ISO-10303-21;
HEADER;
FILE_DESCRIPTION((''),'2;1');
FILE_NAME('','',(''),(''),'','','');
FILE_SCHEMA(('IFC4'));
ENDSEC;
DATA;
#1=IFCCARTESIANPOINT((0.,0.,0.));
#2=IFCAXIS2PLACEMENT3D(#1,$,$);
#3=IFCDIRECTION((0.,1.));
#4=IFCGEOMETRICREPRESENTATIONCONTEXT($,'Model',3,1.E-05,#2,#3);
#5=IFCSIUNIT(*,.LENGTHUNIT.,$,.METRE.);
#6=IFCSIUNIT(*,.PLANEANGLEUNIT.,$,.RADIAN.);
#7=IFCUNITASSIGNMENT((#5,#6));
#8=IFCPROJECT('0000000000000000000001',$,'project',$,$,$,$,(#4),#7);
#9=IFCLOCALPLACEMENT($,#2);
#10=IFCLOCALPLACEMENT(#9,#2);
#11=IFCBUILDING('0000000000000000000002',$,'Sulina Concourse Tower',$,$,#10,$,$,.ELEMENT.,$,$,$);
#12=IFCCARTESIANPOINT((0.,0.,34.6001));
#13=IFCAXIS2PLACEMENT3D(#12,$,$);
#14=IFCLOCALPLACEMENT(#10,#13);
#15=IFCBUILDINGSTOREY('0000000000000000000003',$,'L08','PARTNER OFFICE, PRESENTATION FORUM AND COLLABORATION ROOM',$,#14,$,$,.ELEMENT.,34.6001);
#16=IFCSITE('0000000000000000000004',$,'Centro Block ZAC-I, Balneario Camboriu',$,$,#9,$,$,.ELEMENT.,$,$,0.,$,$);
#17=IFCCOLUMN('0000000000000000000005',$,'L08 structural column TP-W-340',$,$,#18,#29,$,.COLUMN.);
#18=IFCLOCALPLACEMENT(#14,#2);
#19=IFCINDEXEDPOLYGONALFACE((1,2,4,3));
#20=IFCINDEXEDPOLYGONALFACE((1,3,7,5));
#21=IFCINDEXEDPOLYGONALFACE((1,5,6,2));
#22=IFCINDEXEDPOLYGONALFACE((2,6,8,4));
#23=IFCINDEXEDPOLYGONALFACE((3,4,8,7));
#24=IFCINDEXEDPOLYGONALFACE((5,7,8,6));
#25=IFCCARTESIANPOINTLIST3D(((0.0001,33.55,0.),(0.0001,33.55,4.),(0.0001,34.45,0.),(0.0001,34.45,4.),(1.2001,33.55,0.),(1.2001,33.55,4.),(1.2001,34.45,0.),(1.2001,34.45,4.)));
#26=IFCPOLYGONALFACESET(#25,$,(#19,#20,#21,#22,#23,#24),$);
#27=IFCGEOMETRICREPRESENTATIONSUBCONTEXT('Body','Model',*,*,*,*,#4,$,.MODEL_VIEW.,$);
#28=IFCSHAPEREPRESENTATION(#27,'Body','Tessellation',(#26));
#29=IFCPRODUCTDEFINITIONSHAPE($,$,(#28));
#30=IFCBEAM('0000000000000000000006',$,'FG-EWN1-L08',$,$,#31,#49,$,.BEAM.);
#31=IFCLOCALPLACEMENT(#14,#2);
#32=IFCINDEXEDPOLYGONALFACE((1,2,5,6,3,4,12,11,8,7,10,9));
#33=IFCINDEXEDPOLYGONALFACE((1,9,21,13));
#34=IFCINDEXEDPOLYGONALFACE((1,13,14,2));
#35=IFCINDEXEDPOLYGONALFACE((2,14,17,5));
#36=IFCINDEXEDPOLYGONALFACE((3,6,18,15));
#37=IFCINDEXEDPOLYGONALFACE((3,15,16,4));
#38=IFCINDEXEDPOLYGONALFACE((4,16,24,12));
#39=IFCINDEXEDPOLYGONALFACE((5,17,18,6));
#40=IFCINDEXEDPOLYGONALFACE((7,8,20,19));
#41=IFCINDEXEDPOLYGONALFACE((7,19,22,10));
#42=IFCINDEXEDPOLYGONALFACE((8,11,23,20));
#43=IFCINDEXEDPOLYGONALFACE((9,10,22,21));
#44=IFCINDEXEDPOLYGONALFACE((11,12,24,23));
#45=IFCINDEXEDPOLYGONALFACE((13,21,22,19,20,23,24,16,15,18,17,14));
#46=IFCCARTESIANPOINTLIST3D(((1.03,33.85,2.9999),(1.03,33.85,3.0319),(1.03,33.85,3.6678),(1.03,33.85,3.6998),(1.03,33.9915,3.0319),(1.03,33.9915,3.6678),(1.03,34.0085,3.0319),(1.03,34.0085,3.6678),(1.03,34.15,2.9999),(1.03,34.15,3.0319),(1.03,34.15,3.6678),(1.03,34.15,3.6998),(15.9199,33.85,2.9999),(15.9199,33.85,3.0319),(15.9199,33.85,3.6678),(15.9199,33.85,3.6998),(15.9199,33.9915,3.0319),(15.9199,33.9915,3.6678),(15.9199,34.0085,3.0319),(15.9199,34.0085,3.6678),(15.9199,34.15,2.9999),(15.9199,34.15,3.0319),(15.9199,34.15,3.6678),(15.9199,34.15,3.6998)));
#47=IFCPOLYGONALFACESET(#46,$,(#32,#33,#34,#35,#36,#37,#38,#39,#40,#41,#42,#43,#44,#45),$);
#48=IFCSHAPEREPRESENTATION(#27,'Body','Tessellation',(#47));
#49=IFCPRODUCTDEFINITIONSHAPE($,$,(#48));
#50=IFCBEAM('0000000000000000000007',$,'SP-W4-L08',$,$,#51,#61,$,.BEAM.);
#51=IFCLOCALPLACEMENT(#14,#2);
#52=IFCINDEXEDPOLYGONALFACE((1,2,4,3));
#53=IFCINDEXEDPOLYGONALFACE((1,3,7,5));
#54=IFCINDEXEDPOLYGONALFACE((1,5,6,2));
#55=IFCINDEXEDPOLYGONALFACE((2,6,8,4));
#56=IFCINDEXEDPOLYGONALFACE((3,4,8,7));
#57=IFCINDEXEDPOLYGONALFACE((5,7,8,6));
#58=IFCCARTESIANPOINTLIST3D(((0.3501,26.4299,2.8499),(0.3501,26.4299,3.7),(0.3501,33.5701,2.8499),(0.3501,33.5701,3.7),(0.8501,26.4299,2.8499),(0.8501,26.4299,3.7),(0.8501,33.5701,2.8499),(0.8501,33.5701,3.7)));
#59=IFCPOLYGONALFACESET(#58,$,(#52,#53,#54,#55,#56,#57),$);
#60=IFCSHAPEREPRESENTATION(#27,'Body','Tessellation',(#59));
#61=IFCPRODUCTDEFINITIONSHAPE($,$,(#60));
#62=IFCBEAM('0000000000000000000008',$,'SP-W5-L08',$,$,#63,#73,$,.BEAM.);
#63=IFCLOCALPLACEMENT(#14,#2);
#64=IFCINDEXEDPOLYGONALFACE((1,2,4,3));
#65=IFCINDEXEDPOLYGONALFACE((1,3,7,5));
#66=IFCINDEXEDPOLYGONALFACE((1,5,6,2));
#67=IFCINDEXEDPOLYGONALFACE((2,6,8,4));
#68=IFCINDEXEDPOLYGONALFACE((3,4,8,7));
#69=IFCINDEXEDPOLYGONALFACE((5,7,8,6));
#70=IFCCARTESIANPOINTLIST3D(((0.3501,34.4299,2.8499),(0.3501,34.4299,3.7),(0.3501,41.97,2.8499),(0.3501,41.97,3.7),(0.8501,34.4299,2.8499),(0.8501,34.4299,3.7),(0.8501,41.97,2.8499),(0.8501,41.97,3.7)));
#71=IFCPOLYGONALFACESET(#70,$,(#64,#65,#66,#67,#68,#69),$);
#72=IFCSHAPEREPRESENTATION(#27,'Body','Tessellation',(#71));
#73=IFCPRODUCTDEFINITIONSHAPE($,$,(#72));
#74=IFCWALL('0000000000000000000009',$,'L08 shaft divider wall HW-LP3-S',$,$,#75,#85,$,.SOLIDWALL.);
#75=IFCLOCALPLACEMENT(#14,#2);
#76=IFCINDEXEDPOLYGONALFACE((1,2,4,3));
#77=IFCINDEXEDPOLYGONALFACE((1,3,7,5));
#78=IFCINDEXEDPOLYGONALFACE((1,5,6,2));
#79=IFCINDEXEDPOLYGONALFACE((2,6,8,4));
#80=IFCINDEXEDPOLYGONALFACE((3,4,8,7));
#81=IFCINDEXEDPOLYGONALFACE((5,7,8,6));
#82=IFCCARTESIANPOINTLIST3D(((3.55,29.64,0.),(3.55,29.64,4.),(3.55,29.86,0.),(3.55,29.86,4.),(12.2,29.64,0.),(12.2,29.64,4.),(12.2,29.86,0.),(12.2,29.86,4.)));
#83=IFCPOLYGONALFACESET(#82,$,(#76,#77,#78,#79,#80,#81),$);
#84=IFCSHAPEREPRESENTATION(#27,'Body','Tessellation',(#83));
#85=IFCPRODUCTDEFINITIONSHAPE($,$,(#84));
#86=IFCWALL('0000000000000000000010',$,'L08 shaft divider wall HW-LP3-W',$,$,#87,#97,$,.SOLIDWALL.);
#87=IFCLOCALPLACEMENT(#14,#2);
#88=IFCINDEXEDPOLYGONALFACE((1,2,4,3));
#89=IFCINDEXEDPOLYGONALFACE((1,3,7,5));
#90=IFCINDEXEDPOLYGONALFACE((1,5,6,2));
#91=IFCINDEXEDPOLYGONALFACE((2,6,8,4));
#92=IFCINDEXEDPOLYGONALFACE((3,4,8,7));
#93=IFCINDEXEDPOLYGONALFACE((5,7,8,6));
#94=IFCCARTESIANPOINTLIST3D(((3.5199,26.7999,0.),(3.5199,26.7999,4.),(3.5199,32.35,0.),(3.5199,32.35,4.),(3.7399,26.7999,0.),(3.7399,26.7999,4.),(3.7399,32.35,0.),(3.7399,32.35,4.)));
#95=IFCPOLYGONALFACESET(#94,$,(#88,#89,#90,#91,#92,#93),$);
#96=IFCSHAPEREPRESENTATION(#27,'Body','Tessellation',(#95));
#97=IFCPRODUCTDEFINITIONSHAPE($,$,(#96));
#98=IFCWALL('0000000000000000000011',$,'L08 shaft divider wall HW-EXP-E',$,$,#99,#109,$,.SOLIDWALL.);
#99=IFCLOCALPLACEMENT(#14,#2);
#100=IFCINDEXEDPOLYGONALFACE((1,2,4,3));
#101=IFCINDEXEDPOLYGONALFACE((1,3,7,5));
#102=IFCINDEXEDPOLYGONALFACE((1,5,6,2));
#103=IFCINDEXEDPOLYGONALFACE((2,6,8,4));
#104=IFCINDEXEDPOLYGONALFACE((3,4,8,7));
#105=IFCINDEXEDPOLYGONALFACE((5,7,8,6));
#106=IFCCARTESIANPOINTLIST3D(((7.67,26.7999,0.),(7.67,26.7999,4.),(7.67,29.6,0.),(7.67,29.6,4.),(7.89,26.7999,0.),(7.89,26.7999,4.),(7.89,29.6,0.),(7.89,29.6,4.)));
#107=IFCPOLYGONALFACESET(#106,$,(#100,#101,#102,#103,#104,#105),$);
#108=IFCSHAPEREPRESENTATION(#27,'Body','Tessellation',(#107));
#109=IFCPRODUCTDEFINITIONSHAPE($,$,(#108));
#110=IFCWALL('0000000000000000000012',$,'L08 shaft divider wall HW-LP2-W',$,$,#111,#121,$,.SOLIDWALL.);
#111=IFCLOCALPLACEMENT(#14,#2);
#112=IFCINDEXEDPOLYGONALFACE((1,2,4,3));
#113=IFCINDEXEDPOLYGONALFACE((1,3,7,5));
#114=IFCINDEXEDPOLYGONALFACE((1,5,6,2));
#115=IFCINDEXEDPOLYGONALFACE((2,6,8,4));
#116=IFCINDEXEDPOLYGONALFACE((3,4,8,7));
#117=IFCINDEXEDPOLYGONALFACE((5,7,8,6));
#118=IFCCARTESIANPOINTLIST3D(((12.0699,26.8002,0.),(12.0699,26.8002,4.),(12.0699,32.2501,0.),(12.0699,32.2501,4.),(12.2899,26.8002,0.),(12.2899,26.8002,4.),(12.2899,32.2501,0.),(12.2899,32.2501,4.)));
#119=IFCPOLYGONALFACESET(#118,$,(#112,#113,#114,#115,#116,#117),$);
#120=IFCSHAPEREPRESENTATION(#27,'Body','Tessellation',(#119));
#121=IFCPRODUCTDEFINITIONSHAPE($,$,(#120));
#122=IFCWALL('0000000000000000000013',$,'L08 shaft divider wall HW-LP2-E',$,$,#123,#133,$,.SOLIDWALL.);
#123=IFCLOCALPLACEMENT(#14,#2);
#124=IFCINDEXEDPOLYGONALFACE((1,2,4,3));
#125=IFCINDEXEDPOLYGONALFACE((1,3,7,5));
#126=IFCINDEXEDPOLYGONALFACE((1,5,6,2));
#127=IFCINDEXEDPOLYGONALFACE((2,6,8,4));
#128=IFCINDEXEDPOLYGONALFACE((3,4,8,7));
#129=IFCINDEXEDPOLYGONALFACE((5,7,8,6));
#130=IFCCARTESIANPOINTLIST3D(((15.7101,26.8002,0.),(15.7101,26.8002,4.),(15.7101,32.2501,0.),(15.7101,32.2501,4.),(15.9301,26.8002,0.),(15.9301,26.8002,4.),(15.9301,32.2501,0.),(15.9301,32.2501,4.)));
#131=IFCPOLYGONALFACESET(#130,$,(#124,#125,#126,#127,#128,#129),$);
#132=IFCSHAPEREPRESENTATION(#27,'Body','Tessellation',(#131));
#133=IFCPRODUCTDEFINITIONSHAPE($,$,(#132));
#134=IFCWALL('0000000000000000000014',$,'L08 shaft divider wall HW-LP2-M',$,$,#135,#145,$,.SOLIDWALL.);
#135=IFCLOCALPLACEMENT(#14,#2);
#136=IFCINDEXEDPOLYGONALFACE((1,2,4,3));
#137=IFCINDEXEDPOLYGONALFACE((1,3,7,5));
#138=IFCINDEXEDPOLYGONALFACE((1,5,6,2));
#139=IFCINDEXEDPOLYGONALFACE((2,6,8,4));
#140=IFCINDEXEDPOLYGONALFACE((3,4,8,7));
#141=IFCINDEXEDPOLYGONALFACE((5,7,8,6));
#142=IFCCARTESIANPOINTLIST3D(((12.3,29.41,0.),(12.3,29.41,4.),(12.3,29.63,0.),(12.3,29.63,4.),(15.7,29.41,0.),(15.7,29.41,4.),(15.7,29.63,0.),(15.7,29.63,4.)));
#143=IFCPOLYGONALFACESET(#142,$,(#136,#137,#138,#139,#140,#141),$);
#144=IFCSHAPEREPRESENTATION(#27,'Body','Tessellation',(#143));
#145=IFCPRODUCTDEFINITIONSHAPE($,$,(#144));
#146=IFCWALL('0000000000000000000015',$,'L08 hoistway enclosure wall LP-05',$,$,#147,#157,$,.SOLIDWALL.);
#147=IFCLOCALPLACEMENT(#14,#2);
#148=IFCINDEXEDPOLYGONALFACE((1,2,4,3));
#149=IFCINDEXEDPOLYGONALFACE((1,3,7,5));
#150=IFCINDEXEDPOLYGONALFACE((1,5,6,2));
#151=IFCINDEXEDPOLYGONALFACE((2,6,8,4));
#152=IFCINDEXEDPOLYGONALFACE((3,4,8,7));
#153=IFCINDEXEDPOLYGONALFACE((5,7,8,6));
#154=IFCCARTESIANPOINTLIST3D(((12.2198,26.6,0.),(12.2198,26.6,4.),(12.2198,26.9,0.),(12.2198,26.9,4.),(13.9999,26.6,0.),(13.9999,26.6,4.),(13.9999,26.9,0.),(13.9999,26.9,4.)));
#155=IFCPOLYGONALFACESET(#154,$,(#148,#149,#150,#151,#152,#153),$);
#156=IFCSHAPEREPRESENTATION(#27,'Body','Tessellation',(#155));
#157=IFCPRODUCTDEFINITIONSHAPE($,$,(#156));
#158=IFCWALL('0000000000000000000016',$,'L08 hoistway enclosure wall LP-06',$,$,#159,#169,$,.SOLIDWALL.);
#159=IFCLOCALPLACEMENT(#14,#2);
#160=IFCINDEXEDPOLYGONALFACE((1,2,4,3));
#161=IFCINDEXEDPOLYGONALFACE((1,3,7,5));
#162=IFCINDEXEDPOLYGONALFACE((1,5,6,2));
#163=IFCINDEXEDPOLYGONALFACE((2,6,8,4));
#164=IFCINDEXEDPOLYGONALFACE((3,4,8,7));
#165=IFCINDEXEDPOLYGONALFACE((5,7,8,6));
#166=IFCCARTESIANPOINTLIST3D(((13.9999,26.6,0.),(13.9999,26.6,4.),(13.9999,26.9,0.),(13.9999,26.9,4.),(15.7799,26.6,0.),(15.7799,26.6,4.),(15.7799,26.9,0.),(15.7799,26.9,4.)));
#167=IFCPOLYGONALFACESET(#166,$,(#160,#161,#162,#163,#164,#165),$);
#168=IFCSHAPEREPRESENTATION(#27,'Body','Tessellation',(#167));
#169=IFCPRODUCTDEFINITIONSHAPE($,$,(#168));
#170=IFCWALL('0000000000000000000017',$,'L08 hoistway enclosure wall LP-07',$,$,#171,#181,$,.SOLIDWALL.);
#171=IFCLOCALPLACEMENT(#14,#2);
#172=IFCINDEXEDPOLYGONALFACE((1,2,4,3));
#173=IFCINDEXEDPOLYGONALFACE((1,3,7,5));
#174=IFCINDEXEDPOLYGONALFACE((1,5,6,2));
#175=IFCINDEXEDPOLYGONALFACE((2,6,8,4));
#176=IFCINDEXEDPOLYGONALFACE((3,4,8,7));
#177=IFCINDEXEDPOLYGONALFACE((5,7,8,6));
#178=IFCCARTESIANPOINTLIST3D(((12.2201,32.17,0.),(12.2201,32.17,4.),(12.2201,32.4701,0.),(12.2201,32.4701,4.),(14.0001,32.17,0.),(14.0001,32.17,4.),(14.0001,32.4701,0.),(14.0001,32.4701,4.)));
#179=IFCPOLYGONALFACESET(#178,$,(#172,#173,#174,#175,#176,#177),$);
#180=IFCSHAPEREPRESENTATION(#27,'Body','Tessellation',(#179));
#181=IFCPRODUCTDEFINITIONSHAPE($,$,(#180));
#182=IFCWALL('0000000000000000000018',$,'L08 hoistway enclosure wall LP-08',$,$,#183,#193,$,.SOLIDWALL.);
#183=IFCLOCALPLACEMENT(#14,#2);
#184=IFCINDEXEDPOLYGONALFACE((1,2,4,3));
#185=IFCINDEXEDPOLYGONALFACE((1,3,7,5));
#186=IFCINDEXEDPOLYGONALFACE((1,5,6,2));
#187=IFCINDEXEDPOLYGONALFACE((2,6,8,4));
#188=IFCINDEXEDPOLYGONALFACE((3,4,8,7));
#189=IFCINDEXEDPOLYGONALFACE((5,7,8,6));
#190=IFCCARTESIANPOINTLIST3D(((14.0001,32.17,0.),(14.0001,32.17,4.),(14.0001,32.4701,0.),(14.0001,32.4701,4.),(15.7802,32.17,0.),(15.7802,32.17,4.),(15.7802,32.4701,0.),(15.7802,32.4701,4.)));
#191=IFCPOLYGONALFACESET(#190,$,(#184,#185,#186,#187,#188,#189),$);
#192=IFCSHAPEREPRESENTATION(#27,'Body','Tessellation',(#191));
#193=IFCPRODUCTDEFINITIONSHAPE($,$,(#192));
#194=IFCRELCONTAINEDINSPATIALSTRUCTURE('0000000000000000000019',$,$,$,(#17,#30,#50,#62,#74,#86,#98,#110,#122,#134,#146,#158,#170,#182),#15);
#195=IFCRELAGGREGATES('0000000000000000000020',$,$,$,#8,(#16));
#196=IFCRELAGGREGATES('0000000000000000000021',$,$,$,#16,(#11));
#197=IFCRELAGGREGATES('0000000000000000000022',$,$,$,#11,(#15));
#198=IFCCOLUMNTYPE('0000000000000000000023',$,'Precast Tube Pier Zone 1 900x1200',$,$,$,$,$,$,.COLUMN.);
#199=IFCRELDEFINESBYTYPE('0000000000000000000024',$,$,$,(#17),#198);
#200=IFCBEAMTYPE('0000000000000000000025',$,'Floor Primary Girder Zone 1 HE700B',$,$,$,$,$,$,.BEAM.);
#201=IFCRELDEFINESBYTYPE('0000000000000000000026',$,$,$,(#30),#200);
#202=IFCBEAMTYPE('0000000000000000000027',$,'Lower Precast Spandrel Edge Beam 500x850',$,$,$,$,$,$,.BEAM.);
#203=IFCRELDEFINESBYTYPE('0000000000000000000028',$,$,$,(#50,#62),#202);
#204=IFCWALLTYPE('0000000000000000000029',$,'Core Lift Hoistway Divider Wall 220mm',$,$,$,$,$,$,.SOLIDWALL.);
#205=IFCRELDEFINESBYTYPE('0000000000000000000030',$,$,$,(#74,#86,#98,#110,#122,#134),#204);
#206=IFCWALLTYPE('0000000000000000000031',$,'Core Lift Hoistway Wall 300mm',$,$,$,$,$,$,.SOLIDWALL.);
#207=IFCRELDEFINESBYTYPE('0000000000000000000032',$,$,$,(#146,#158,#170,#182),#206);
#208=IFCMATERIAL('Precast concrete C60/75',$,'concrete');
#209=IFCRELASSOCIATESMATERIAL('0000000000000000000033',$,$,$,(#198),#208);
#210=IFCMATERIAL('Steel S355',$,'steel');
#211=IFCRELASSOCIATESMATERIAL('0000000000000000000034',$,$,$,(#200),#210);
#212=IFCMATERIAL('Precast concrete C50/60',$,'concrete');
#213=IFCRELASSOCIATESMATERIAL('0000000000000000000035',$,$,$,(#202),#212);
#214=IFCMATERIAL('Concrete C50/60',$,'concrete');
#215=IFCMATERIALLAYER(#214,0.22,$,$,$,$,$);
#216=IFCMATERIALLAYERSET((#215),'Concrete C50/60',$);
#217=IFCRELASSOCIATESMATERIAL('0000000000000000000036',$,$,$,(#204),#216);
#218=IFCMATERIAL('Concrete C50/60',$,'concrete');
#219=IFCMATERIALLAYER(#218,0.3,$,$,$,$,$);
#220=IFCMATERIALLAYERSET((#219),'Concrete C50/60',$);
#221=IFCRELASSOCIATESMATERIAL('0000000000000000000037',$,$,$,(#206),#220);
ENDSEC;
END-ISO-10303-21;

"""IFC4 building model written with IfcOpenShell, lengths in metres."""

from ifc_helpers import new_model, si_unit, direction, frame, frame_2d, origin, origin_2d, place, context, subcontext, project, spatial, rectangle, i_section, extrude, material, layer, layer_set, material_profile, profile_set, type_object, element, save


model = new_model("IFC4")

# Units and contexts
model_context = context("Model", 3, precision=1e-05, world=origin(), true_north=direction((0.0, 1.0)))
body_context = subcontext(model_context, "Body", "Model", "MODEL_VIEW")
ifc_project = project(units=[si_unit("LENGTHUNIT", "METRE"), si_unit("PLANEANGLEUNIT", "RADIAN")], contexts=[model_context])

# Site, building, storey
site_placement = place(None, origin())
site = spatial("IfcSite", under=ifc_project, at=site_placement, Name="Centro Block ZAC-I, Balneario Camboriu", CompositionType="ELEMENT", RefElevation=0.0)
building_placement = place(site_placement, origin())
building = spatial("IfcBuilding", under=site, at=building_placement, Name="Sulina Concourse Tower", CompositionType="ELEMENT")
storey_placement = place(building_placement, frame((0.0, 0.0, 34.6001)))
storey = spatial("IfcBuildingStorey", under=building, at=storey_placement, Name="L08", Description="PARTNER OFFICE, PRESENTATION FORUM AND COLLABORATION ROOM", CompositionType="ELEMENT", Elevation=34.6001)

# Column
ifc_material_1 = material(Name="Precast concrete C60/75", Category="concrete")
ifc_material_profile_1 = material_profile(ifc_material_1, rectangle(XDim=0.8999, YDim=1.2, at=origin_2d()), Name="PC 900x1200")
ifc_profile_set_1 = profile_set([ifc_material_profile_1], Name="Precast concrete C60/75")
column_type = type_object("IfcColumnType", Name="Precast Tube Pier Zone 1 900x1200", PredefinedType="COLUMN", material=ifc_profile_set_1)
column_placement = place(storey_placement, frame((0.6001, 34.0, 0.0), z_axis=(0.0, 0.0, 1.0), x_axis=(0.0, 1.0, 0.0)))
element("IfcColumn", 1, at=column_placement, inside=storey, type_object=column_type, Name="L08 structural column TP-W-340", PredefinedType="COLUMN", context=body_context, shape_type="SweptSolid", body=[
    extrude(rectangle(XDim=0.8999, YDim=1.2, at=origin_2d()), origin(), (0.0, 0.0, 1.0), 4.0),
])

# Beams
ifc_material_2 = material(Name="Steel S355", Category="steel")
ifc_material_profile_2 = material_profile(ifc_material_2, i_section(OverallWidth=0.3, OverallDepth=0.7, WebThickness=0.0171, FlangeThickness=0.032, at=origin_2d()), Name="HE 700 B")
ifc_profile_set_2 = profile_set([ifc_material_profile_2], Name="Steel S355")
beam_type_1 = type_object("IfcBeamType", Name="Floor Primary Girder Zone 1 HE700B", PredefinedType="BEAM", material=ifc_profile_set_2)
beam_1_placement = place(storey_placement, frame((1.03, 34.0, 3.3499), z_axis=(1.0, 0.0, 0.0), x_axis=(0.0, 1.0, 0.0)))
element("IfcBeam", 2, at=beam_1_placement, inside=storey, type_object=beam_type_1, Name="FG-EWN1-L08", PredefinedType="BEAM", context=body_context, shape_type="SweptSolid", body=[
    extrude(i_section(OverallWidth=0.3, OverallDepth=0.7, WebThickness=0.0171, FlangeThickness=0.032, at=origin_2d()), origin(), (0.0, 0.0, 1.0), 14.8899),
])
ifc_material_3 = material(Name="Precast concrete C50/60", Category="concrete")
ifc_material_profile_3 = material_profile(ifc_material_3, rectangle(XDim=0.5, YDim=0.8501, at=origin_2d()), Name="RC 500x850")
ifc_profile_set_3 = profile_set([ifc_material_profile_3], Name="Precast concrete C50/60")
beam_type_2 = type_object("IfcBeamType", Name="Lower Precast Spandrel Edge Beam 500x850", PredefinedType="BEAM", material=ifc_profile_set_3)
beam_2_placement = place(storey_placement, frame((0.6001, 26.4299, 3.2749), z_axis=(0.0, 1.0, 0.0), x_axis=(-1.0, 0.0, 0.0)))
element("IfcBeam", 3, at=beam_2_placement, inside=storey, type_object=beam_type_2, Name="SP-W4-L08", PredefinedType="BEAM", context=body_context, shape_type="SweptSolid", body=[
    extrude(rectangle(XDim=0.5, YDim=0.8501, at=origin_2d()), origin(), (0.0, 0.0, 1.0), 7.1401),
])
beam_3_placement = place(storey_placement, frame((0.6001, 34.4299, 3.2749), z_axis=(0.0, 1.0, 0.0), x_axis=(-1.0, 0.0, 0.0)))
element("IfcBeam", 4, at=beam_3_placement, inside=storey, type_object=beam_type_2, Name="SP-W5-L08", PredefinedType="BEAM", context=body_context, shape_type="SweptSolid", body=[
    extrude(rectangle(XDim=0.5, YDim=0.8501, at=origin_2d()), origin(), (0.0, 0.0, 1.0), 7.54),
])

# Walls
ifc_material_4 = material(Name="Concrete C50/60", Category="concrete")
ifc_layer_1 = layer(ifc_material_4, 0.22)
ifc_layer_set_1 = layer_set([ifc_layer_1], Name="Concrete C50/60")
wall_type_1 = type_object("IfcWallType", Name="Core Lift Hoistway Divider Wall 220mm", PredefinedType="SOLIDWALL", material=ifc_layer_set_1)
wall_1_placement = place(storey_placement, frame((3.55, 29.75, 0.0), z_axis=(0.0, 0.0, 1.0), x_axis=(1.0, 0.0, 0.0)))
element("IfcWall", 5, at=wall_1_placement, inside=storey, type_object=wall_type_1, Name="L08 shaft divider wall HW-LP3-S", PredefinedType="SOLIDWALL", context=body_context, shape_type="SweptSolid", body=[
    extrude(rectangle(XDim=8.6499, YDim=0.22, at=frame_2d((4.325, 0.0))), origin(), (0.0, 0.0, 1.0), 4.0),
])
wall_2_placement = place(storey_placement, frame((3.6299, 26.8, 0.0), z_axis=(0.0, 0.0, 1.0), x_axis=(0.0, 1.0, 0.0)))
element("IfcWall", 6, at=wall_2_placement, inside=storey, type_object=wall_type_1, Name="L08 shaft divider wall HW-LP3-W", PredefinedType="SOLIDWALL", context=body_context, shape_type="SweptSolid", body=[
    extrude(rectangle(XDim=5.55, YDim=0.22, at=frame_2d((2.7749, 0.0))), origin(), (0.0, 0.0, 1.0), 4.0),
])
wall_3_placement = place(storey_placement, frame((7.78, 26.8, 0.0), z_axis=(0.0, 0.0, 1.0), x_axis=(0.0, 1.0, 0.0)))
element("IfcWall", 7, at=wall_3_placement, inside=storey, type_object=wall_type_1, Name="L08 shaft divider wall HW-EXP-E", PredefinedType="SOLIDWALL", context=body_context, shape_type="SweptSolid", body=[
    extrude(rectangle(XDim=2.8, YDim=0.22, at=frame_2d((1.3999, 0.0))), origin(), (0.0, 0.0, 1.0), 4.0),
])
for number, where, z_axis, x_axis, name in (
    (8, (12.1799, 26.8, 0.0), (0.0, 0.0, 1.0), (0.0, 1.0, 0.0), "L08 shaft divider wall HW-LP2-W"),
    (9, (15.8201, 26.8, 0.0), (0.0, 0.0, 1.0), (0.0, 1.0, 0.0), "L08 shaft divider wall HW-LP2-E"),
):
    element("IfcWall", number, at=place(storey_placement, frame(where, z_axis=z_axis, x_axis=x_axis)), inside=storey, type_object=wall_type_1, Name=name, PredefinedType="SOLIDWALL", context=body_context, shape_type="SweptSolid", body=[
        extrude(rectangle(XDim=5.45, YDim=0.22, at=frame_2d((2.7251, 0.0))), origin(), (0.0, 0.0, 1.0), 4.0),
    ])
wall_4_placement = place(storey_placement, frame((12.3, 29.52, 0.0), z_axis=(0.0, 0.0, 1.0), x_axis=(1.0, 0.0, 0.0)))
element("IfcWall", 10, at=wall_4_placement, inside=storey, type_object=wall_type_1, Name="L08 shaft divider wall HW-LP2-M", PredefinedType="SOLIDWALL", context=body_context, shape_type="SweptSolid", body=[
    extrude(rectangle(XDim=3.3999, YDim=0.22, at=frame_2d((1.7, 0.0))), origin(), (0.0, 0.0, 1.0), 4.0),
])
ifc_material_5 = material(Name="Concrete C50/60", Category="concrete")
ifc_layer_2 = layer(ifc_material_5, 0.3)
ifc_layer_set_2 = layer_set([ifc_layer_2], Name="Concrete C50/60")
wall_type_2 = type_object("IfcWallType", Name="Core Lift Hoistway Wall 300mm", PredefinedType="SOLIDWALL", material=ifc_layer_set_2)
for number, where, z_axis, x_axis, name in (
    (11, (14.0, 26.75, 0.0), (0.0, 0.0, 1.0), (-1.0, 0.0, 0.0), "L08 hoistway enclosure wall LP-05"),
    (12, (15.78, 26.75, 0.0), (0.0, 0.0, 1.0), (-1.0, 0.0, 0.0), "L08 hoistway enclosure wall LP-06"),
    (13, (12.22, 32.3201, 0.0), (0.0, 0.0, 1.0), (1.0, 0.0, 0.0), "L08 hoistway enclosure wall LP-07"),
    (14, (14.0, 32.3201, 0.0), (0.0, 0.0, 1.0), (1.0, 0.0, 0.0), "L08 hoistway enclosure wall LP-08"),
):
    element("IfcWall", number, at=place(storey_placement, frame(where, z_axis=z_axis, x_axis=x_axis)), inside=storey, type_object=wall_type_2, Name=name, PredefinedType="SOLIDWALL", context=body_context, shape_type="SweptSolid", body=[
        extrude(rectangle(XDim=1.78, YDim=0.3, at=frame_2d((0.8901, 0.0))), origin(), (0.0, 0.0, 1.0), 4.0),
    ])

save(model, "model.ifc")
